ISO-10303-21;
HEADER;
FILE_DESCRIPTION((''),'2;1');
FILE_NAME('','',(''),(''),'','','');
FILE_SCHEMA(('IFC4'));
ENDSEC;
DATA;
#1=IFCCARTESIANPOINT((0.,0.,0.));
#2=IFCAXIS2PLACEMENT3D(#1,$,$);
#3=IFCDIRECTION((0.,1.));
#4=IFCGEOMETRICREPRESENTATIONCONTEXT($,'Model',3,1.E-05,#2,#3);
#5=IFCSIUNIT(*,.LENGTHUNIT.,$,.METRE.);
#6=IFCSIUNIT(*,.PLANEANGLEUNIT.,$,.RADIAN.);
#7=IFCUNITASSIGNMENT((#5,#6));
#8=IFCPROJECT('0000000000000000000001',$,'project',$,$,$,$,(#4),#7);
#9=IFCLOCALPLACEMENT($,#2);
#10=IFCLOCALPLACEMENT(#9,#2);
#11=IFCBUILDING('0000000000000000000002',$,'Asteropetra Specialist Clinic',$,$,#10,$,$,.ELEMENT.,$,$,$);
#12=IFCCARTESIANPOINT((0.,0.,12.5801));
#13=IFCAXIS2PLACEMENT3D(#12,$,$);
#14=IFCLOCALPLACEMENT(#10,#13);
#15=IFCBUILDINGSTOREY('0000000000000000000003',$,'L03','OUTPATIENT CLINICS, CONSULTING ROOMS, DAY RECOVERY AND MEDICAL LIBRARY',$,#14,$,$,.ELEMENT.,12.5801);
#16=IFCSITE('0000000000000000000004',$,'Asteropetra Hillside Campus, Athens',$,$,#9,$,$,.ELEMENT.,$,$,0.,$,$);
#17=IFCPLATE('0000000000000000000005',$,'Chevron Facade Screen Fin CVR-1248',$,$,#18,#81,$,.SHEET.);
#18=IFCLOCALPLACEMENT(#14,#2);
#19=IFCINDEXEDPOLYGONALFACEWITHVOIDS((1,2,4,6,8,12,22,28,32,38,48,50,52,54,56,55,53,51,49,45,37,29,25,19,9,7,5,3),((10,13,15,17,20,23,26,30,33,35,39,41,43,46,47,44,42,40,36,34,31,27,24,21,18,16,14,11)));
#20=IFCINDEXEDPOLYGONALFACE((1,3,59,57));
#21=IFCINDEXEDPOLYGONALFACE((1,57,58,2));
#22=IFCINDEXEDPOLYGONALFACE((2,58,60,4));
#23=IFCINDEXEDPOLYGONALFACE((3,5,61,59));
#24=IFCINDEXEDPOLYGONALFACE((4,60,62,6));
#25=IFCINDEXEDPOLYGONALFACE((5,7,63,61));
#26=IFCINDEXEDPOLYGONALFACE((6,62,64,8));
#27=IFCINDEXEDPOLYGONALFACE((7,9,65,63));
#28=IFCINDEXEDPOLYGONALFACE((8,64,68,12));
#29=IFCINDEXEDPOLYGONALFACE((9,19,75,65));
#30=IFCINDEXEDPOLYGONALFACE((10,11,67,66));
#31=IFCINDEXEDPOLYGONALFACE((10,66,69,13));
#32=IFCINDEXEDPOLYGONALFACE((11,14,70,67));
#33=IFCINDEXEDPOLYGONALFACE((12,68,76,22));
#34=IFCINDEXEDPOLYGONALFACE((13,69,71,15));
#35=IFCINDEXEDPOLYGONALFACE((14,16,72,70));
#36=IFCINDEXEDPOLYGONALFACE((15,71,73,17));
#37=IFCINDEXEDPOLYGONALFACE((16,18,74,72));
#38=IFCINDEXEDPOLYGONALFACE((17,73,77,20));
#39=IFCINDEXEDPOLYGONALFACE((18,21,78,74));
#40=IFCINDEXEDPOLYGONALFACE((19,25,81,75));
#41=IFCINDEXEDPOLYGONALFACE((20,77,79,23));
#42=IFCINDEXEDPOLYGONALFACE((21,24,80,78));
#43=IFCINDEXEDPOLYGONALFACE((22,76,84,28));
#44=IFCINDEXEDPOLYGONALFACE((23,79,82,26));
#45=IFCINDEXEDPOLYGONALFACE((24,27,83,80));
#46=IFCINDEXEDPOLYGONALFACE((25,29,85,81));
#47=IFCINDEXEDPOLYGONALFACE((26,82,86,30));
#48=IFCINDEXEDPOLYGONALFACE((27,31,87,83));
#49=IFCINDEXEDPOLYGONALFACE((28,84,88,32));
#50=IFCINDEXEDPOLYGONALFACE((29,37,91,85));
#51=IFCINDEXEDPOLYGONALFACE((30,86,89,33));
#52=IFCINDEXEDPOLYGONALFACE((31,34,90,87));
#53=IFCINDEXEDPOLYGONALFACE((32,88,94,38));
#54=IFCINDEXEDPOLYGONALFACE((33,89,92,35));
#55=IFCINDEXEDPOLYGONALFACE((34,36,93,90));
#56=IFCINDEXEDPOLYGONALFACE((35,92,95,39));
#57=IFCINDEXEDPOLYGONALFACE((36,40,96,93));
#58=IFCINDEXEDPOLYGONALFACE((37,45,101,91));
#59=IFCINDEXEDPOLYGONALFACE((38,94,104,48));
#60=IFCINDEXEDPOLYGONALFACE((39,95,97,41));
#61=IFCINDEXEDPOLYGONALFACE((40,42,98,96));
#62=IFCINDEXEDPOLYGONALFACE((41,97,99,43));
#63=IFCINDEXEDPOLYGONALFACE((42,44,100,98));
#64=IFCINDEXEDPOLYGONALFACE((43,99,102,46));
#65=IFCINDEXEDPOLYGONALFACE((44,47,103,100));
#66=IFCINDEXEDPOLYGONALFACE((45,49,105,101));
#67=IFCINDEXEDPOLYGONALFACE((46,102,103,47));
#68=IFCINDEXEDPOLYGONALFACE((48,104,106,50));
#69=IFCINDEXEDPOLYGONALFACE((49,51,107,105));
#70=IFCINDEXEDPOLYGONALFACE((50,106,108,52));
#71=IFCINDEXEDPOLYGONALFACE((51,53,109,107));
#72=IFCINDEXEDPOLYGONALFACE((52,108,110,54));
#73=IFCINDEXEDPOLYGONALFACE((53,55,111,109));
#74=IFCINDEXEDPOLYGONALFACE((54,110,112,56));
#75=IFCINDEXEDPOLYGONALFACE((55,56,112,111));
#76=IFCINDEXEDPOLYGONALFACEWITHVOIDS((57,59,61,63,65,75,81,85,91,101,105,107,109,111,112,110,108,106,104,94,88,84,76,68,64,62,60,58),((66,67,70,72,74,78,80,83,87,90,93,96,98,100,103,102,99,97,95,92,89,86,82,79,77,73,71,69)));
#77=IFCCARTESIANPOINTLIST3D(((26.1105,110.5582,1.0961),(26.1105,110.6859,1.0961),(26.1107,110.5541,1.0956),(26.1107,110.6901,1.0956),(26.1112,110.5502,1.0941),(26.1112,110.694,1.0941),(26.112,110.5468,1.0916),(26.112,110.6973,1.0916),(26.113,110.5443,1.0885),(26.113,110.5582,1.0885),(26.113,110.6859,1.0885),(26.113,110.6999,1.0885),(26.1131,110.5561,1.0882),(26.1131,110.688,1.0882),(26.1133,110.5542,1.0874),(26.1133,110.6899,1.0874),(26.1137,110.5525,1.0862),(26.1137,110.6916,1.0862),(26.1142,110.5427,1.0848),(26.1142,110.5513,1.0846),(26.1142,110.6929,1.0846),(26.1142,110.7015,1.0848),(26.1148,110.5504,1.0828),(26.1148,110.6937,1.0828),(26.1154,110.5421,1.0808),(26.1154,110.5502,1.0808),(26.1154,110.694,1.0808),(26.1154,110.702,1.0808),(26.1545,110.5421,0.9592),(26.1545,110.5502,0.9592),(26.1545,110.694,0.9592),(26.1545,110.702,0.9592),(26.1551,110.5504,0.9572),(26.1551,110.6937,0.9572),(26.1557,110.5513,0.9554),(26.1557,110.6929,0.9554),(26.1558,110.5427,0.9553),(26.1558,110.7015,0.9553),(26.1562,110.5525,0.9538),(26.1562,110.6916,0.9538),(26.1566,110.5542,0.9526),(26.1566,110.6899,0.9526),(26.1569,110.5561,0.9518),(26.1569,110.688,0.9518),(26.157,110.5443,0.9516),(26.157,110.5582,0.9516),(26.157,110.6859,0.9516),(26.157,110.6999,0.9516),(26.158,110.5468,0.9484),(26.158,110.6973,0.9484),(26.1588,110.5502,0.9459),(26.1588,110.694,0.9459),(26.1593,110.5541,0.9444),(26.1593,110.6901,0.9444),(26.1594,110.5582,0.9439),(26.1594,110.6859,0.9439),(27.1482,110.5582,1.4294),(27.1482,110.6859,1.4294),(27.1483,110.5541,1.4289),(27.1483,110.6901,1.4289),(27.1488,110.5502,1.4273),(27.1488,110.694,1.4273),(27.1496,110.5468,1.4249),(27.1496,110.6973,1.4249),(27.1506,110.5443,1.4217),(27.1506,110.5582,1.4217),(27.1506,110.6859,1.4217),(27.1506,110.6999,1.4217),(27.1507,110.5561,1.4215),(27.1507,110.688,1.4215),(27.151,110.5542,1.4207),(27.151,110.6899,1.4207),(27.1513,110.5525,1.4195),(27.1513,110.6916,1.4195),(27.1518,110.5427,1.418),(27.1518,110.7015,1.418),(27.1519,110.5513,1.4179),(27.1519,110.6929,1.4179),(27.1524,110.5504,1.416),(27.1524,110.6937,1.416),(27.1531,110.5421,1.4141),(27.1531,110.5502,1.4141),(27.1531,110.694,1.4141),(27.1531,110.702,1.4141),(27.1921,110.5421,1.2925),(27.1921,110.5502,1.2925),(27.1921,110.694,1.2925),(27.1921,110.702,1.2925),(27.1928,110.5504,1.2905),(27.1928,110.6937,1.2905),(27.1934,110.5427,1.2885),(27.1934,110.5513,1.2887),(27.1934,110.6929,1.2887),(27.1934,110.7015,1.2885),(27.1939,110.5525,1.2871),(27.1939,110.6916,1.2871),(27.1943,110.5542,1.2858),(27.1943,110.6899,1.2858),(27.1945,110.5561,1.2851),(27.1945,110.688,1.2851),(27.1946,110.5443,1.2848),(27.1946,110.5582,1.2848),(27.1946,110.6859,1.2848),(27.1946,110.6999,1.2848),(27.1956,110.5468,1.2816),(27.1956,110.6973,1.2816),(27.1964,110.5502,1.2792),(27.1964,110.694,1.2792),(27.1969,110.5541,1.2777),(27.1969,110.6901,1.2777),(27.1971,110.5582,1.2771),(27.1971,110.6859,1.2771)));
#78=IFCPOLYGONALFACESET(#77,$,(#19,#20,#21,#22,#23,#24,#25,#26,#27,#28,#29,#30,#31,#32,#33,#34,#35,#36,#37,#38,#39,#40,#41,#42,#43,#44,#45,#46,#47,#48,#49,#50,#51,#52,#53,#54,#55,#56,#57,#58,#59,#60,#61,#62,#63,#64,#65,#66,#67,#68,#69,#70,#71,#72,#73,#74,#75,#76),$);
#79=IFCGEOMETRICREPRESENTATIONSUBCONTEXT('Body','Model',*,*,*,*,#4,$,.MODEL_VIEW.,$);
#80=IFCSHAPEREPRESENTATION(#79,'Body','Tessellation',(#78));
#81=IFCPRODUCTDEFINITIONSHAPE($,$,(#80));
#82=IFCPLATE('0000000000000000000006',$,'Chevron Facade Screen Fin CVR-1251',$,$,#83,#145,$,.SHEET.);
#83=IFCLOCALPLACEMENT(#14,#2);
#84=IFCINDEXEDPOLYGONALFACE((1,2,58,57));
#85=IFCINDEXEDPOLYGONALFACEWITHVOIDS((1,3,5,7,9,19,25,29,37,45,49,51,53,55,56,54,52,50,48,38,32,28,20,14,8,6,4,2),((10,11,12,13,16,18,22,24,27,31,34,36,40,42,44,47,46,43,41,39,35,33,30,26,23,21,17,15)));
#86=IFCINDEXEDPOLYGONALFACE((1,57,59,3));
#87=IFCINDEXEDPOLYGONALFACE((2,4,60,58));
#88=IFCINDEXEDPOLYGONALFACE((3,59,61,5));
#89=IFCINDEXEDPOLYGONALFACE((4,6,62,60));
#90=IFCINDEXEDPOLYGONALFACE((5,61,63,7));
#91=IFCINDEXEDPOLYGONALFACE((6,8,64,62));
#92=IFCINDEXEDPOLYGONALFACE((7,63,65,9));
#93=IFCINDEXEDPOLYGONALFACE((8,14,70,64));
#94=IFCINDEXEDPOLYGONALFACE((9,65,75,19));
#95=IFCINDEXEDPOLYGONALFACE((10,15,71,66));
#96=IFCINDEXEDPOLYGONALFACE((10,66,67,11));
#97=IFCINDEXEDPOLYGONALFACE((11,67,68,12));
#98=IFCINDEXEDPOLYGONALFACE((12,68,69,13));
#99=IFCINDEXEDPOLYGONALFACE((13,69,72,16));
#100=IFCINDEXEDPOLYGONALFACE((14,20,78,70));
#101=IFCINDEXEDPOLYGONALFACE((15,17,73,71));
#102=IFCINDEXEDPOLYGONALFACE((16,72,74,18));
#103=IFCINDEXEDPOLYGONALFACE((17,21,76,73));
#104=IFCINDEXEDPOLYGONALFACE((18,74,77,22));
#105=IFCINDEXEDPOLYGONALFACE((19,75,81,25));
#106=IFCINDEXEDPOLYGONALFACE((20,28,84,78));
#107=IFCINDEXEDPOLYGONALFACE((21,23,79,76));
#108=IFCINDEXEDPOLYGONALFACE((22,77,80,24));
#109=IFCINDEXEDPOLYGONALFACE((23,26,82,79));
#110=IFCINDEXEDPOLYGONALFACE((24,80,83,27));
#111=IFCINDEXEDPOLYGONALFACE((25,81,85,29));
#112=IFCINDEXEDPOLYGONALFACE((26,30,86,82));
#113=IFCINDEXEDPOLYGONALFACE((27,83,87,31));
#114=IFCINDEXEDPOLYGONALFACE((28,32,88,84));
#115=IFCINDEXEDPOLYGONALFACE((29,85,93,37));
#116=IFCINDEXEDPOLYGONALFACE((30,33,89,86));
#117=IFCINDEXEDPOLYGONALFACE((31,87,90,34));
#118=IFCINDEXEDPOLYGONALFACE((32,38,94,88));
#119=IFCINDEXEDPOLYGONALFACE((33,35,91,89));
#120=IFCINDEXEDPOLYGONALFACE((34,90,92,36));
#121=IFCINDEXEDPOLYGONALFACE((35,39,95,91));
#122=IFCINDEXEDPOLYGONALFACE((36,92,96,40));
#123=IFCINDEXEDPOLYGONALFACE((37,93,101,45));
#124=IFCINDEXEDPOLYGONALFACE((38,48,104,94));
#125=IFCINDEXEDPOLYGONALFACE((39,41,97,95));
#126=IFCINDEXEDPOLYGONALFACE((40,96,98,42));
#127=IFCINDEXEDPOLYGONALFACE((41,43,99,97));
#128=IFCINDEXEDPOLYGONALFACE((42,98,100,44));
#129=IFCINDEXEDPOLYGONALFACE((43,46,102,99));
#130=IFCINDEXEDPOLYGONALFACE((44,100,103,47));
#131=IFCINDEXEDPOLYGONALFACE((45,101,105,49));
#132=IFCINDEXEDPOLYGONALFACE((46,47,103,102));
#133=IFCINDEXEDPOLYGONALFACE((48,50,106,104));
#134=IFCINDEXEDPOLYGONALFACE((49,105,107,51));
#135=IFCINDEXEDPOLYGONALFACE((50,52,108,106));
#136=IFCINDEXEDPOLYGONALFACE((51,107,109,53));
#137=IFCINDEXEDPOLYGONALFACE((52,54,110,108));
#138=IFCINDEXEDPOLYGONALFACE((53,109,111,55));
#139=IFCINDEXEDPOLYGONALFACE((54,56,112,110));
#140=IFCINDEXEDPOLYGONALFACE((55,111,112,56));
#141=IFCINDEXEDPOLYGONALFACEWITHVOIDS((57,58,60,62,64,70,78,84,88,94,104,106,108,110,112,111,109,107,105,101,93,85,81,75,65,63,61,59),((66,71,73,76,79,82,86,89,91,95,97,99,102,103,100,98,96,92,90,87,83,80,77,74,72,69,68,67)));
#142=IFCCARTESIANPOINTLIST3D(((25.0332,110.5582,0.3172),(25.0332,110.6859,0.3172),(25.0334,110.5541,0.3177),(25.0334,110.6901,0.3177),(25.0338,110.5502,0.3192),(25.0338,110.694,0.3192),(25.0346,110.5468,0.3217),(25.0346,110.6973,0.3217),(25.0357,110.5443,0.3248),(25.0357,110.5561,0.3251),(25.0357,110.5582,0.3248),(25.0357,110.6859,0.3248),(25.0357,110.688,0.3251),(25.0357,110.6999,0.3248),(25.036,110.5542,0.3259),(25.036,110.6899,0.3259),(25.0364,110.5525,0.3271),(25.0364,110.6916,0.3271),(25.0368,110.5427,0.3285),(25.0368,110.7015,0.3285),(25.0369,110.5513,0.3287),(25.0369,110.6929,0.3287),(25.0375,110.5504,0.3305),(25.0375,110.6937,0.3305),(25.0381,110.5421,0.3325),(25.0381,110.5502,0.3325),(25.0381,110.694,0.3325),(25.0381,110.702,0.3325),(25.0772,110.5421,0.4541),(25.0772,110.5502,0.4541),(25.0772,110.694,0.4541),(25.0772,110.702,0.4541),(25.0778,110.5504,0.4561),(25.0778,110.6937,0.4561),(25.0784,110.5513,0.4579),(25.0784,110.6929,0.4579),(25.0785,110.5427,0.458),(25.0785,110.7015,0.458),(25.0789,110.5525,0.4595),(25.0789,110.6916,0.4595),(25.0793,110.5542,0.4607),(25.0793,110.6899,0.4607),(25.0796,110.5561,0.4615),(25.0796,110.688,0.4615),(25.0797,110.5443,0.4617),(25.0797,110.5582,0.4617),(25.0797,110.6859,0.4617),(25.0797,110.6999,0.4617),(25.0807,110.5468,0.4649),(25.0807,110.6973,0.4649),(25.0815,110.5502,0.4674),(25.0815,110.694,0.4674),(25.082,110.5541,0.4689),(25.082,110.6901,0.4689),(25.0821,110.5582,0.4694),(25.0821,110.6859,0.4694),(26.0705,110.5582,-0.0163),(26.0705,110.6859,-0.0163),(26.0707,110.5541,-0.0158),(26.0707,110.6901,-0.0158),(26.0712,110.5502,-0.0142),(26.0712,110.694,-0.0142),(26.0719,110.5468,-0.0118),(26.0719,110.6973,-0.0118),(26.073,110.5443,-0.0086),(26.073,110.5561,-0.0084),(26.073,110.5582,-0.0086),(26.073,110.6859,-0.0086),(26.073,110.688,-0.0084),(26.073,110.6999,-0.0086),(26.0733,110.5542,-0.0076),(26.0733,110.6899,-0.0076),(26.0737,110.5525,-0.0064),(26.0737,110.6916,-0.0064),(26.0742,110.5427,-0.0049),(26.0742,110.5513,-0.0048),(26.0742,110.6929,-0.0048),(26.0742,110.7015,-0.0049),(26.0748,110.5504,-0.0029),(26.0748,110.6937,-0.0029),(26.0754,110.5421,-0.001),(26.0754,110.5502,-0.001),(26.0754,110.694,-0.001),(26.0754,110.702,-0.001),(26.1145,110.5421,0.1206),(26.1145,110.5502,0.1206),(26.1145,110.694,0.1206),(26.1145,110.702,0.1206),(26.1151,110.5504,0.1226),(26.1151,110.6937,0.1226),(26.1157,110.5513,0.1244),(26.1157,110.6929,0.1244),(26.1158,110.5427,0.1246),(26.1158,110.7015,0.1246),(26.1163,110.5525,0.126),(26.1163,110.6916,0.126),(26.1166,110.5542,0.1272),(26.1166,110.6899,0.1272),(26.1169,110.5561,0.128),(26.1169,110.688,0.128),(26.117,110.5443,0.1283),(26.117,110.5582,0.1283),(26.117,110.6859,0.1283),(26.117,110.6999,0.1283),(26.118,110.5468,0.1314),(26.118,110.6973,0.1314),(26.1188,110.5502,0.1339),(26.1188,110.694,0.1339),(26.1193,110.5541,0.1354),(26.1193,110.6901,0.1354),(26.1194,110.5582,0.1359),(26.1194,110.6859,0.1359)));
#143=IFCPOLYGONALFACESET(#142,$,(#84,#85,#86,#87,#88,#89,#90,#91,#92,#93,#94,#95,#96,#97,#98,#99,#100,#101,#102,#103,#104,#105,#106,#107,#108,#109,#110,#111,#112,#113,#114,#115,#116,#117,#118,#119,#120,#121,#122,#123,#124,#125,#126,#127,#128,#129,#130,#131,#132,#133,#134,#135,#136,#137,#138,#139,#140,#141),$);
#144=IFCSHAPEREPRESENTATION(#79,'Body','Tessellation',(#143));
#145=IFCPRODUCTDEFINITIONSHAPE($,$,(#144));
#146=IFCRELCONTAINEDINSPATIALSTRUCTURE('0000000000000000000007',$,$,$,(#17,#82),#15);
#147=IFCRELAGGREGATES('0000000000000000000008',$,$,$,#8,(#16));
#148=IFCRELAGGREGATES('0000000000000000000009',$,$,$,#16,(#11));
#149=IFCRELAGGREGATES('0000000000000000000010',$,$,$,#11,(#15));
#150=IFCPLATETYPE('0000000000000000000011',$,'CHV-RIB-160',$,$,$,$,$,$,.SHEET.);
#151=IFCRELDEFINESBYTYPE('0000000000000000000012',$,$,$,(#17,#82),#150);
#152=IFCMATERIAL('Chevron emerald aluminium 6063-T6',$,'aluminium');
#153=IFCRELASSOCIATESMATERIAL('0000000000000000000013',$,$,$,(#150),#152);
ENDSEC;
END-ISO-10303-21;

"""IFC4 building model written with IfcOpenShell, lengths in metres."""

from ifc_helpers import new_model, si_unit, direction, frame, origin, origin_2d, place, context, subcontext, project, spatial, hollow_rectangle, extrude, material, material_profile, profile_set, type_object, element, save


model = new_model("IFC4")

# Units and contexts
model_context = context("Model", 3, precision=1e-05, world=origin(), true_north=direction((0.0, 1.0)))
body_context = subcontext(model_context, "Body", "Model", "MODEL_VIEW")
ifc_project = project(units=[si_unit("LENGTHUNIT", "METRE"), si_unit("PLANEANGLEUNIT", "RADIAN")], contexts=[model_context])

# Site, building, storey
site_placement = place(None, origin())
site = spatial("IfcSite", under=ifc_project, at=site_placement, Name="Asteropetra Hillside Campus, Athens", CompositionType="ELEMENT", RefElevation=0.0)
building_placement = place(site_placement, origin())
building = spatial("IfcBuilding", under=site, at=building_placement, Name="Asteropetra Specialist Clinic", CompositionType="ELEMENT")
storey_placement = place(building_placement, frame((0.0, 0.0, 12.5801)))
storey = spatial("IfcBuildingStorey", under=building, at=storey_placement, Name="L03", Description="OUTPATIENT CLINICS, CONSULTING ROOMS, DAY RECOVERY AND MEDICAL LIBRARY", CompositionType="ELEMENT", Elevation=12.5801)

# Plates
ifc_material_1 = material(Name="Chevron emerald aluminium 6063-T6", Category="aluminium")
ifc_material_profile_1 = material_profile(ifc_material_1, hollow_rectangle(XDim=0.1599, YDim=0.1599, WallThickness=0.0081, InnerFilletRadius=0.0081, OuterFilletRadius=0.0161, at=origin_2d()), Name="SHS 160x160x8.0")
ifc_profile_set_1 = profile_set([ifc_material_profile_1], Name="Chevron emerald aluminium 6063-T6")
plate_type = type_object("IfcPlateType", Name="CHV-RIB-160", PredefinedType="SHEET", material=ifc_profile_set_1)
for number, where, z_axis, x_axis, name in (
    (1, (27.1726, 110.6221, 1.3533), (-0.952098, 0.0, -0.305792), (0.0, -1.0, 0.0), "Chevron Facade Screen Fin CVR-1248"),
):
    element("IfcPlate", number, at=place(storey_placement, frame(where, z_axis=z_axis, x_axis=x_axis)), inside=storey, type_object=plate_type, Name=name, PredefinedType="SHEET", context=body_context, shape_type="SweptSolid", body=[
        extrude(hollow_rectangle(XDim=0.1599, YDim=0.1599, WallThickness=0.0081, InnerFilletRadius=0.0081, OuterFilletRadius=0.0161, at=origin_2d()), origin(), (0.0, 0.0, 1.0), 1.0898),
    ])
plate_1_placement = place(storey_placement, frame((26.095, 110.6221, 0.0598), z_axis=(-0.952012, 0.0, 0.30606), x_axis=(0.0, -1.0, 0.0)))
element("IfcPlate", 2, at=plate_1_placement, inside=storey, type_object=plate_type, Name="Chevron Facade Screen Fin CVR-1251", PredefinedType="SHEET", context=body_context, shape_type="SweptSolid", body=[
    extrude(hollow_rectangle(XDim=0.1599, YDim=0.1599, WallThickness=0.0081, InnerFilletRadius=0.0081, OuterFilletRadius=0.0161, at=origin_2d()), origin(), (0.0, 0.0, 1.0), 1.0896),
])

save(model, "model.ifc")
